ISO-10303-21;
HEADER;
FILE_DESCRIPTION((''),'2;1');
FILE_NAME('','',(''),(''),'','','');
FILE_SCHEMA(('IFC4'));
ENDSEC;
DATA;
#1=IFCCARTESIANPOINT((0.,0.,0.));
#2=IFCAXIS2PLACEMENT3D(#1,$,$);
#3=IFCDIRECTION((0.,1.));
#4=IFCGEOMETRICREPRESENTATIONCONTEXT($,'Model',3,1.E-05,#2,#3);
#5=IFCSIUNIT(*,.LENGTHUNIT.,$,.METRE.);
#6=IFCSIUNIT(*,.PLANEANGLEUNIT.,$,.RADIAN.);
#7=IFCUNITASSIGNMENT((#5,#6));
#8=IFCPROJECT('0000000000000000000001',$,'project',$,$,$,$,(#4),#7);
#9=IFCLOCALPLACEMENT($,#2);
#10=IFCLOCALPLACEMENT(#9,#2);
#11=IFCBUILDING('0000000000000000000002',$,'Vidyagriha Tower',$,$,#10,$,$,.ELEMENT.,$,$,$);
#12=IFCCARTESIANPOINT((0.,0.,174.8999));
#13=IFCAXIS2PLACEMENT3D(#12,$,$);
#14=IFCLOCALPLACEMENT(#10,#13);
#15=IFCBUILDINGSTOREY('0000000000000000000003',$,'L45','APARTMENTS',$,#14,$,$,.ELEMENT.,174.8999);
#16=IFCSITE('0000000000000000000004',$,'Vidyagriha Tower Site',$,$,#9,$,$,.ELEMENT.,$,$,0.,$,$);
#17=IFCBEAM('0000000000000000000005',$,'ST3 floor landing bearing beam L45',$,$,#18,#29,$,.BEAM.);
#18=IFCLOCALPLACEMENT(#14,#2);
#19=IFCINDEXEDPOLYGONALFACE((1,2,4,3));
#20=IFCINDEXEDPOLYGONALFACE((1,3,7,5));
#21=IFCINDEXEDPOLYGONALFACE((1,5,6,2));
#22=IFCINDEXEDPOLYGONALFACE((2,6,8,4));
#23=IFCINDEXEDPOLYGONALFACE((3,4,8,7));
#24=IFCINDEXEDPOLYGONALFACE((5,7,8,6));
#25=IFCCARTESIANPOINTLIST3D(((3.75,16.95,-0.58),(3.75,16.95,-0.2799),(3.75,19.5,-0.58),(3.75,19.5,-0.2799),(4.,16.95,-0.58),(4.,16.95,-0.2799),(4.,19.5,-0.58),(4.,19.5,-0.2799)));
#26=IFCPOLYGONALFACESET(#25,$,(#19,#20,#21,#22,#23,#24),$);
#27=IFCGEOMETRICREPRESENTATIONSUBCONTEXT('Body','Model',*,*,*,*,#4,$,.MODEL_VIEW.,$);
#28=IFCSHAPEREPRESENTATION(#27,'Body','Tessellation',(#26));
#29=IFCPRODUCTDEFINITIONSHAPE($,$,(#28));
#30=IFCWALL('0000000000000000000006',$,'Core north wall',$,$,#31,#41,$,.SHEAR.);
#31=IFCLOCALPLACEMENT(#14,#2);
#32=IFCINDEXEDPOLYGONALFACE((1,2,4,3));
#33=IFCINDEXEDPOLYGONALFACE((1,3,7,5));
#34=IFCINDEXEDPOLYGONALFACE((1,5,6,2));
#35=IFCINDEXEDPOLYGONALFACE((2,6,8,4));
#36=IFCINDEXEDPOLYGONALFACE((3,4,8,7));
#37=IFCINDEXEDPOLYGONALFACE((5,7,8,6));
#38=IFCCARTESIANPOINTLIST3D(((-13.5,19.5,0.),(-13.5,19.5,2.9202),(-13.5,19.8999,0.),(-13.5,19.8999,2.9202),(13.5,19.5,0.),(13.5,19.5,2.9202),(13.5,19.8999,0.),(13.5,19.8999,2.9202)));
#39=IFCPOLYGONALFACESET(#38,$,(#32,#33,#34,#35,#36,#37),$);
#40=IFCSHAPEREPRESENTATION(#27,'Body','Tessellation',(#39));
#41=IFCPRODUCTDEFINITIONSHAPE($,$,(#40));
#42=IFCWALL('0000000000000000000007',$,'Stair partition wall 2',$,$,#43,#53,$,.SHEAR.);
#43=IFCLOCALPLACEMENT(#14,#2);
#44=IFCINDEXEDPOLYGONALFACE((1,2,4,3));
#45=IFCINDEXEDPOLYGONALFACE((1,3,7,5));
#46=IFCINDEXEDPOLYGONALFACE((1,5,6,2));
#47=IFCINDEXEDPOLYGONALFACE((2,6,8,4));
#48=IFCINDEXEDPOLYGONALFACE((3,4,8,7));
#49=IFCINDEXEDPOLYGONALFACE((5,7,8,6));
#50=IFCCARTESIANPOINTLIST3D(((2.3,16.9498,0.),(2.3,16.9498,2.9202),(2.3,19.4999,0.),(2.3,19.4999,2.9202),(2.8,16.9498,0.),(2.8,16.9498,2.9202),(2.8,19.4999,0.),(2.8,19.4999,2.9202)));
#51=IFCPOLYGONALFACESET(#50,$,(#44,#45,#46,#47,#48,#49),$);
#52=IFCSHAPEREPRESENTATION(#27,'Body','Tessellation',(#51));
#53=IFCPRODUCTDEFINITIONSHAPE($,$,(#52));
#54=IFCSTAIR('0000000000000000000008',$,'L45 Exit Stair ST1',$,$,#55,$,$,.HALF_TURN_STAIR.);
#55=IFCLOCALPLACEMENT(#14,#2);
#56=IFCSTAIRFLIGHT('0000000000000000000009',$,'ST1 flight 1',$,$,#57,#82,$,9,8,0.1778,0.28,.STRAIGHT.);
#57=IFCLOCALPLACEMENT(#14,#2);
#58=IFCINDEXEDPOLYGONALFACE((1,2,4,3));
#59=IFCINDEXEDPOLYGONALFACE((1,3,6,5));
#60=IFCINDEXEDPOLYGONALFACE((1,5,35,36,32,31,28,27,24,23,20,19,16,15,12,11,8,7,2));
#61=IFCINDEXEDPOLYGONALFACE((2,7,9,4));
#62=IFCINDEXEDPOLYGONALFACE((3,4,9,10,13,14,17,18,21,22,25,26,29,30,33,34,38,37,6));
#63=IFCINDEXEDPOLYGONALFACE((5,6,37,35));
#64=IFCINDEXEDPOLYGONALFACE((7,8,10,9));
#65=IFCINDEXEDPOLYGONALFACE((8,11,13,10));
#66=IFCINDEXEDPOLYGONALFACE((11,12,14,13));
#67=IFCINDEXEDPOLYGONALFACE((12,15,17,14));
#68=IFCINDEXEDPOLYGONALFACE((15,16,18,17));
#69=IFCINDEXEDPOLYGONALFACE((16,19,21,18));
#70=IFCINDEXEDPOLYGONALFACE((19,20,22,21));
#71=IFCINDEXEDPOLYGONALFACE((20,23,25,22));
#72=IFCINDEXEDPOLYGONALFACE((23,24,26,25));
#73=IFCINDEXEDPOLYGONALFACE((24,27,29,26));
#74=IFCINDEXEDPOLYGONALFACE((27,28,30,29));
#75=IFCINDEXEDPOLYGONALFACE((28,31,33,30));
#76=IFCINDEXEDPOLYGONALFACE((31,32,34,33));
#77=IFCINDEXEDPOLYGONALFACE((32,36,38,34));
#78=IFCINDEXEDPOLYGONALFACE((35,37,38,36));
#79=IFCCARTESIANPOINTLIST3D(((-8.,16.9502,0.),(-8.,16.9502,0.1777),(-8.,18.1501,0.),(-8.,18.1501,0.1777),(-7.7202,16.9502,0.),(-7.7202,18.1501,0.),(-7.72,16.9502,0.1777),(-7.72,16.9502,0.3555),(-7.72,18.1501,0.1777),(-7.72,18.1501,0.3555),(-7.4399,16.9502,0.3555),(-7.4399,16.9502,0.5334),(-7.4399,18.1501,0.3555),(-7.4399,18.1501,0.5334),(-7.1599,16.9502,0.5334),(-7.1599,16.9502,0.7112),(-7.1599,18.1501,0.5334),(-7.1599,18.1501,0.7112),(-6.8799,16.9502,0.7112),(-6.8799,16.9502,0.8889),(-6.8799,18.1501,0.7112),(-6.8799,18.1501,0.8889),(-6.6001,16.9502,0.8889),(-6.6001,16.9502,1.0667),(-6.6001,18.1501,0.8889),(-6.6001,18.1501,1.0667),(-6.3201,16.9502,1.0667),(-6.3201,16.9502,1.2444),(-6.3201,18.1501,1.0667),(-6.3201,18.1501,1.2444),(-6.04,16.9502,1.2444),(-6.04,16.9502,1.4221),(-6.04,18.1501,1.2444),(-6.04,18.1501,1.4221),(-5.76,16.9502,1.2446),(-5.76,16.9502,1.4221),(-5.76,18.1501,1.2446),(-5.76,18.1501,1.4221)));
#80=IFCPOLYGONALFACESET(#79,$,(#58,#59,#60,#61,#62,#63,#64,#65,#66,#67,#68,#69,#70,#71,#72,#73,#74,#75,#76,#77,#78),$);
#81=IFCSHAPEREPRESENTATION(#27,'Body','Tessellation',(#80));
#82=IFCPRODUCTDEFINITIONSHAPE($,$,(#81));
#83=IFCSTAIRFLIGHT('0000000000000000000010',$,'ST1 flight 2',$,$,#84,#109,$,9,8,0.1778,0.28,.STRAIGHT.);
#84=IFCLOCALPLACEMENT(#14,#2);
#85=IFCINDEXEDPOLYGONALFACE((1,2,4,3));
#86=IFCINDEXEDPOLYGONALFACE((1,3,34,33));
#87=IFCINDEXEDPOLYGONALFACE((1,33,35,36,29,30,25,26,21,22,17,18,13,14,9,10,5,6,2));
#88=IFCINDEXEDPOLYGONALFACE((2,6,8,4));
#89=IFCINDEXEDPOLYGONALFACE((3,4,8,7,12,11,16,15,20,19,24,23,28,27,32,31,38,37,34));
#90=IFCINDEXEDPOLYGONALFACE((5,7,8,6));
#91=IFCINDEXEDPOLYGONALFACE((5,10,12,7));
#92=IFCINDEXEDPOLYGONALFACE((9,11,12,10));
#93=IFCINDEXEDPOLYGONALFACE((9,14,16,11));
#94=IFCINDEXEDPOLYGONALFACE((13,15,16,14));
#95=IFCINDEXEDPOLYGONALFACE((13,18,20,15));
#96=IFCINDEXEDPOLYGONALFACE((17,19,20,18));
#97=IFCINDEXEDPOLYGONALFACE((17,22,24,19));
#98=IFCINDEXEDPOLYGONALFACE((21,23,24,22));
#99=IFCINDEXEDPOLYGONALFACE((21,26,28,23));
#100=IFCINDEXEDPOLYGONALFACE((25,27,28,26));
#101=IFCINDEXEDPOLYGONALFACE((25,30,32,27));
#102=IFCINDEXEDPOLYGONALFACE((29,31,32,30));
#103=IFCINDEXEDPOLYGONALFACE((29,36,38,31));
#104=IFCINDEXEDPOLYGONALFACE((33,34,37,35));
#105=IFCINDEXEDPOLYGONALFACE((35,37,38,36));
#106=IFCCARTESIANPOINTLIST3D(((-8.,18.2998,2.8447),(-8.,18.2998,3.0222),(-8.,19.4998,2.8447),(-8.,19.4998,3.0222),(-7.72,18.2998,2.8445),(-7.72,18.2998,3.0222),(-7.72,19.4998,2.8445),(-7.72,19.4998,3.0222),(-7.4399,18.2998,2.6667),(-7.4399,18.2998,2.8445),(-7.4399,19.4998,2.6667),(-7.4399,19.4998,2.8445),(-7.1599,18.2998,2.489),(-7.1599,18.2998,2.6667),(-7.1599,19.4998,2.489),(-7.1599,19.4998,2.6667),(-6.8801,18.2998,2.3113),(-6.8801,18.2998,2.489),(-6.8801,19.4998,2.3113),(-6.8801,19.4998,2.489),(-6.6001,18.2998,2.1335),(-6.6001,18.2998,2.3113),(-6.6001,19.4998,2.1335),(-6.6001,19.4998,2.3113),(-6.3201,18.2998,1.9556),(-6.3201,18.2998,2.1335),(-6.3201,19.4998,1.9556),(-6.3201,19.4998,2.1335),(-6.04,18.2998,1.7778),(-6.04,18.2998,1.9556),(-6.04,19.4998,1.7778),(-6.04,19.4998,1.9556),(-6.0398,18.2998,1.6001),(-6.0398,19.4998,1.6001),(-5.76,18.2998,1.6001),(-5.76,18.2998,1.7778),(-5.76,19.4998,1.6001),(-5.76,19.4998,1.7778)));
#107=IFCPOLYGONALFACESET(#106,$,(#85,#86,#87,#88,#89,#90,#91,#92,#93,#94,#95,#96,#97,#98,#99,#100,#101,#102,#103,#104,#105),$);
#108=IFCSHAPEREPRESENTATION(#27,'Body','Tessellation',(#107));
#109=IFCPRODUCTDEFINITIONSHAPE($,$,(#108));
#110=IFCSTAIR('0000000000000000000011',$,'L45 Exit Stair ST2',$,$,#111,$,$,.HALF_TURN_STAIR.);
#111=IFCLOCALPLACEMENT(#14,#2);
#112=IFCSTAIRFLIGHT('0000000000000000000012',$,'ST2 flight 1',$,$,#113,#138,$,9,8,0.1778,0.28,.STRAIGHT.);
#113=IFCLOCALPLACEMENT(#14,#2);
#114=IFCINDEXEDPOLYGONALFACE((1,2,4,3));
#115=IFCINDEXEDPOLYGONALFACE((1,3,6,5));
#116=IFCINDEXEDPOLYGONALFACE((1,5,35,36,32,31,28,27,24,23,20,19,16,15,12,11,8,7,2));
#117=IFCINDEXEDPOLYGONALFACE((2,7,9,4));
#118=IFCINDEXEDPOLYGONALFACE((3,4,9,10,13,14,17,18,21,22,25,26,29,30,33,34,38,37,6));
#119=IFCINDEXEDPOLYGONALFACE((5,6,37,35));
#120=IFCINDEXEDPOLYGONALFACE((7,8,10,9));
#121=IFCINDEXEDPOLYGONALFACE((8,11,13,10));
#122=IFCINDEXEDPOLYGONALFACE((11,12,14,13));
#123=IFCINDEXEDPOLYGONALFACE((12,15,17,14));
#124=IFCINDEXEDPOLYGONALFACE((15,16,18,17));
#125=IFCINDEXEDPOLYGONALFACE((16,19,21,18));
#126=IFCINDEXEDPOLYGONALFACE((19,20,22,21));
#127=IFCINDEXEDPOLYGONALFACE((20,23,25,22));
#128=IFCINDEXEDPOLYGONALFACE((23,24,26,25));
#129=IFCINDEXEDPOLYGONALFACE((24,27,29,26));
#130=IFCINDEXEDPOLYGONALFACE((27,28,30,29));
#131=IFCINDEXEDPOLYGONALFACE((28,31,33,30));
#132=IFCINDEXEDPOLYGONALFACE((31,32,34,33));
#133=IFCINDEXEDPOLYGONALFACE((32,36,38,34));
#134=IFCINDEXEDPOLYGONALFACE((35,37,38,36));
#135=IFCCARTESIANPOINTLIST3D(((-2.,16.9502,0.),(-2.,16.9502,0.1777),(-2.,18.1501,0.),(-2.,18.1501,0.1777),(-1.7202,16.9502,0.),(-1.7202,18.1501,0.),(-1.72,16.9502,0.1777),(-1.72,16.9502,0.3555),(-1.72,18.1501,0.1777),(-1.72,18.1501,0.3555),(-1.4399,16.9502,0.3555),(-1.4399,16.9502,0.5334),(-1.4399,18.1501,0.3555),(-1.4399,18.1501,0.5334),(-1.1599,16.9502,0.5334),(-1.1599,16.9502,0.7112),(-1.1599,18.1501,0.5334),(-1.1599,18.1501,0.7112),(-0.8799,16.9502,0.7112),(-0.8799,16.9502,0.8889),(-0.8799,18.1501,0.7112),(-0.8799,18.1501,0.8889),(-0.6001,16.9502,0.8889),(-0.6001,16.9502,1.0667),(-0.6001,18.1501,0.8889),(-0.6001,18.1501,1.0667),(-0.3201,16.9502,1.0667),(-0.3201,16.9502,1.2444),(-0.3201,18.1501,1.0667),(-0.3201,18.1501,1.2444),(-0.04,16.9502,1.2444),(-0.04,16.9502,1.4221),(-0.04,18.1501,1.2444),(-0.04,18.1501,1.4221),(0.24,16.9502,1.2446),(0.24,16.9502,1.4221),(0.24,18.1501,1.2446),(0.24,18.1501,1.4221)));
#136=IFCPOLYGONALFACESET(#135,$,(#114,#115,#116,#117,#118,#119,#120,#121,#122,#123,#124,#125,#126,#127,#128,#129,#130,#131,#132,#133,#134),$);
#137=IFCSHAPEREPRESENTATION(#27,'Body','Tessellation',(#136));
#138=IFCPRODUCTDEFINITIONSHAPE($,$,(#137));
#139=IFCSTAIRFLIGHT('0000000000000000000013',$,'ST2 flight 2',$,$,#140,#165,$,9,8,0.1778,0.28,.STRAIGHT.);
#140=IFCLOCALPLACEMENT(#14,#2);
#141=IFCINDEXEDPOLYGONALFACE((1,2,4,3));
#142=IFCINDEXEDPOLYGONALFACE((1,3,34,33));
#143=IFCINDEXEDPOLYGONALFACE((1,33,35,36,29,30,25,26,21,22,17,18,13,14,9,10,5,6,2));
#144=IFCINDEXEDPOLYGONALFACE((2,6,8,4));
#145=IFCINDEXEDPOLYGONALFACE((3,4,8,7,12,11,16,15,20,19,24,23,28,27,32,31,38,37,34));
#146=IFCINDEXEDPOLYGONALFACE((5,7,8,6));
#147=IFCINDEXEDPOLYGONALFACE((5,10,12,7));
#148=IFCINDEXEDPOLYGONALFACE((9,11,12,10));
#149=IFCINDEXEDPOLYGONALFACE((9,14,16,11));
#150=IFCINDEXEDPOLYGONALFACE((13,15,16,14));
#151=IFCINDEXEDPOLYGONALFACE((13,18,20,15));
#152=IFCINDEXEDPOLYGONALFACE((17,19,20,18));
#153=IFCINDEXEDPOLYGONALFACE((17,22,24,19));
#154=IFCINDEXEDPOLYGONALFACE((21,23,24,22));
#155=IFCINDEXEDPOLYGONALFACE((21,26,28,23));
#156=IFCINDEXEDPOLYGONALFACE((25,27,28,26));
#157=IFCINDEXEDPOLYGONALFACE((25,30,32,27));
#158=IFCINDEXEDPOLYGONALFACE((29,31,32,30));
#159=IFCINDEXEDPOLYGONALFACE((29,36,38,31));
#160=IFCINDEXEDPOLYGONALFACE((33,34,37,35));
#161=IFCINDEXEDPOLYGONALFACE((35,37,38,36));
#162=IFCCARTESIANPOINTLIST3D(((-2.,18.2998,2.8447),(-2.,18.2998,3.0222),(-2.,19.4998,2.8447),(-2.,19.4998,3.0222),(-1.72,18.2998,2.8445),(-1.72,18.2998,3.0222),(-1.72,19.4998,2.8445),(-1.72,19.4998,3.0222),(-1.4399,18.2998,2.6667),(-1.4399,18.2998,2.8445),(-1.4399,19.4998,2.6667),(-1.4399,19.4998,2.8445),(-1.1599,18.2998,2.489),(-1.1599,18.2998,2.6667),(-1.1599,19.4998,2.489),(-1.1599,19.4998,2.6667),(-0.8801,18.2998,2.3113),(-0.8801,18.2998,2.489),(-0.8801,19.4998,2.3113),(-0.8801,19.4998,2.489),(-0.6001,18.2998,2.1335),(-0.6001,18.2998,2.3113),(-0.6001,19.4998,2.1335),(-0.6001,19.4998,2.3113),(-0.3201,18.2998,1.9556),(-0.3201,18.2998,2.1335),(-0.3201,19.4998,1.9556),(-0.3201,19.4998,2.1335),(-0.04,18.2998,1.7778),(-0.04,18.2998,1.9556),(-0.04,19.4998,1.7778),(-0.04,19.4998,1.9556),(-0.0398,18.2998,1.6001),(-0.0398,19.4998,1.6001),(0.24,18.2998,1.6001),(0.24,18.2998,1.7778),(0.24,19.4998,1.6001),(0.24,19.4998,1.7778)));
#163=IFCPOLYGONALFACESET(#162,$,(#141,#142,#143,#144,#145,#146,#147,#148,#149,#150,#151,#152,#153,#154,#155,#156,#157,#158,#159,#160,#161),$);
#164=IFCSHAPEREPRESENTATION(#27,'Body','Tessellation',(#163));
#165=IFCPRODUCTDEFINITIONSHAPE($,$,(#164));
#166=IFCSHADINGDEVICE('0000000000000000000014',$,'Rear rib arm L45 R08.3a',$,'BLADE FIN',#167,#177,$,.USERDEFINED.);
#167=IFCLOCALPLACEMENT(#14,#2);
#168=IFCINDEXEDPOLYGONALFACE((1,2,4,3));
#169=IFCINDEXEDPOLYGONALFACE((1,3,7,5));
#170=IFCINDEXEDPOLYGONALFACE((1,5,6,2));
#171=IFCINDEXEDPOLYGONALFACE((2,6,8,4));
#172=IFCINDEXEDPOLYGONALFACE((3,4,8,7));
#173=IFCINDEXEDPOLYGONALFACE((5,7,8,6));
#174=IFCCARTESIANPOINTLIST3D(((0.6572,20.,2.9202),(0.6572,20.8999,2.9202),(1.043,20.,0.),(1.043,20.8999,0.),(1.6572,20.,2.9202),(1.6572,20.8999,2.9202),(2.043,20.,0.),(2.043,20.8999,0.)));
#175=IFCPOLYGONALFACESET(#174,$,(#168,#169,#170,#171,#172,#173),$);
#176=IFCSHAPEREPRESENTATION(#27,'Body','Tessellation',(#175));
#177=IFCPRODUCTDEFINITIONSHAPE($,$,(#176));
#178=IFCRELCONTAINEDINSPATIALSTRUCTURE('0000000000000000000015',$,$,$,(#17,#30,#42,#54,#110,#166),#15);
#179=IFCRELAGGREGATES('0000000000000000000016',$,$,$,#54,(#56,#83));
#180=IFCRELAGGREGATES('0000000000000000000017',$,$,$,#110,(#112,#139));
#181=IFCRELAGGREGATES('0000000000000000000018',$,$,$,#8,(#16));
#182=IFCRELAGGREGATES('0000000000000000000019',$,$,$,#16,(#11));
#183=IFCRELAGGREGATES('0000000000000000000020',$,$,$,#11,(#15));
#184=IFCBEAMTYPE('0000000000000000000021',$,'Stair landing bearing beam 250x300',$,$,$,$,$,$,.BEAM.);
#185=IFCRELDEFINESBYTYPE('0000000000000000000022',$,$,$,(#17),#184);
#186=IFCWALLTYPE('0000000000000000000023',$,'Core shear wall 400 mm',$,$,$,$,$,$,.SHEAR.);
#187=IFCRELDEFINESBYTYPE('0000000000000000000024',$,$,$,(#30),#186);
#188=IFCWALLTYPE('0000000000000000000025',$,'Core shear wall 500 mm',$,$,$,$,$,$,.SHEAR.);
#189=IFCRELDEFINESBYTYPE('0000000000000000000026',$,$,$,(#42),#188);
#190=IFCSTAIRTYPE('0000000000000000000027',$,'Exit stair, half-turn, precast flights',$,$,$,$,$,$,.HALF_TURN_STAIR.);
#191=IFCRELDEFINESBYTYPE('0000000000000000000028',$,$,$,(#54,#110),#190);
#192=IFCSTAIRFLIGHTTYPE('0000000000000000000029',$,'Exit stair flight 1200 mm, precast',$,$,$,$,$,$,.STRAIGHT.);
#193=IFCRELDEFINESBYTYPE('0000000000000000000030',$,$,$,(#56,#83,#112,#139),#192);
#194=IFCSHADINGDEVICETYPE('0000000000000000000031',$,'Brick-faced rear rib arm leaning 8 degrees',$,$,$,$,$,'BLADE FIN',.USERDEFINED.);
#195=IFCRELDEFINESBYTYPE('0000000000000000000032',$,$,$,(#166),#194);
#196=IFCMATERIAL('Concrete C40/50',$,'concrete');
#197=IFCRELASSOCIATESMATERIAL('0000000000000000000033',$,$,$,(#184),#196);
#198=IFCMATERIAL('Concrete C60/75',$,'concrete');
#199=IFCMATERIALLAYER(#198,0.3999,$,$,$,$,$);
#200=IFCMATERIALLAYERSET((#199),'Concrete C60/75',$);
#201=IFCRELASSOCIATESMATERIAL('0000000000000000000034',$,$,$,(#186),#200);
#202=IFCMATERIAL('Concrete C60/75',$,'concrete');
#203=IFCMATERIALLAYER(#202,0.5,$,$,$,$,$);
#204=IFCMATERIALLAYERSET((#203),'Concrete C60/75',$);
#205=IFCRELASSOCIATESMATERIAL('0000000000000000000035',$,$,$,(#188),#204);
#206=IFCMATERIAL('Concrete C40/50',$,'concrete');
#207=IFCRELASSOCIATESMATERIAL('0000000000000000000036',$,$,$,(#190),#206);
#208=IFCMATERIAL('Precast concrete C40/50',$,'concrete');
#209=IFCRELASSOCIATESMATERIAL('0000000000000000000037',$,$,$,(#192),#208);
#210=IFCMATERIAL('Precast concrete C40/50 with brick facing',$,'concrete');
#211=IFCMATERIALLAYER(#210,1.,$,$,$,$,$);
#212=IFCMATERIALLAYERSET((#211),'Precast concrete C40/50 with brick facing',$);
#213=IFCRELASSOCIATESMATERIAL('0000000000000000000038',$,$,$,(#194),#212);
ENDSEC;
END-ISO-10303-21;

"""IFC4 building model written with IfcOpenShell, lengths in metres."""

from ifc_helpers import new_model, si_unit, direction, frame, frame_2d, origin, origin_2d, place, context, subcontext, project, spatial, polyline, rectangle, outline, extrude, material, layer, layer_set, material_profile, profile_set, type_object, element, aggregate, save


model = new_model("IFC4")

# Units and contexts
model_context = context("Model", 3, precision=1e-05, world=origin(), true_north=direction((0.0, 1.0)))
body_context = subcontext(model_context, "Body", "Model", "MODEL_VIEW")
ifc_project = project(units=[si_unit("LENGTHUNIT", "METRE"), si_unit("PLANEANGLEUNIT", "RADIAN")], contexts=[model_context])

# Site, building, storey
site_placement = place(None, origin())
site = spatial("IfcSite", under=ifc_project, at=site_placement, Name="Vidyagriha Tower Site", CompositionType="ELEMENT", RefElevation=0.0)
building_placement = place(site_placement, origin())
building = spatial("IfcBuilding", under=site, at=building_placement, Name="Vidyagriha Tower", CompositionType="ELEMENT")
storey_placement = place(building_placement, frame((0.0, 0.0, 174.8999)))
storey = spatial("IfcBuildingStorey", under=building, at=storey_placement, Name="L45", Description="APARTMENTS", CompositionType="ELEMENT", Elevation=174.8999)

# Beam
ifc_material_1 = material(Name="Concrete C40/50", Category="concrete")
ifc_material_profile = material_profile(ifc_material_1, rectangle(XDim=0.25, YDim=0.3, at=origin_2d()), Name="Stair landing bearing beam 250x300")
ifc_profile_set = profile_set([ifc_material_profile], Name="Concrete C40/50")
beam_type = type_object("IfcBeamType", Name="Stair landing bearing beam 250x300", PredefinedType="BEAM", material=ifc_profile_set)
beam_placement = place(storey_placement, frame((3.875, 16.95, -0.4299), z_axis=(0.0, 1.0, 0.0), x_axis=(-1.0, 0.0, 0.0)))
element("IfcBeam", 1, at=beam_placement, inside=storey, type_object=beam_type, Name="ST3 floor landing bearing beam L45", PredefinedType="BEAM", context=body_context, shape_type="SweptSolid", body=[
    extrude(rectangle(XDim=0.25, YDim=0.3, at=origin_2d()), origin(), (0.0, 0.0, 1.0), 2.55),
])

# Walls
ifc_material_2 = material(Name="Concrete C60/75", Category="concrete")
ifc_layer_1 = layer(ifc_material_2, 0.3999)
ifc_layer_set_1 = layer_set([ifc_layer_1], Name="Concrete C60/75")
wall_type_1 = type_object("IfcWallType", Name="Core shear wall 400 mm", PredefinedType="SHEAR", material=ifc_layer_set_1)
wall_1_placement = place(storey_placement, frame((-13.5, 19.7, 0.0)))
element("IfcWall", 2, at=wall_1_placement, inside=storey, type_object=wall_type_1, Name="Core north wall", PredefinedType="SHEAR", context=body_context, shape_type="SweptSolid", body=[
    extrude(rectangle(XDim=27.0, YDim=0.3999, at=frame_2d((13.5, 0.0))), origin(), (0.0, 0.0, 1.0), 2.9202),
])
ifc_material_3 = material(Name="Concrete C60/75", Category="concrete")
ifc_layer_2 = layer(ifc_material_3, 0.5)
ifc_layer_set_2 = layer_set([ifc_layer_2], Name="Concrete C60/75")
wall_type_2 = type_object("IfcWallType", Name="Core shear wall 500 mm", PredefinedType="SHEAR", material=ifc_layer_set_2)
wall_2_placement = place(storey_placement, frame((2.55, 16.95, 0.0), z_axis=(0.0, 0.0, 1.0), x_axis=(0.0, 1.0, 0.0)))
element("IfcWall", 3, at=wall_2_placement, inside=storey, type_object=wall_type_2, Name="Stair partition wall 2", PredefinedType="SHEAR", context=body_context, shape_type="SweptSolid", body=[
    extrude(rectangle(XDim=2.55, YDim=0.5, at=frame_2d((1.2749, 0.0))), origin(), (0.0, 0.0, 1.0), 2.9202),
])

# Stairs, stair flights
ifc_material_4 = material(Name="Concrete C40/50", Category="concrete")
stair_type = type_object("IfcStairType", Name="Exit stair, half-turn, precast flights", PredefinedType="HALF_TURN_STAIR", material=ifc_material_4)
stair_1_placement = place(storey_placement, origin())
stair_1 = element("IfcStair", 4, at=stair_1_placement, inside=storey, type_object=stair_type, Name="L45 Exit Stair ST1", PredefinedType="HALF_TURN_STAIR")
ifc_material_5 = material(Name="Precast concrete C40/50", Category="concrete")
stair_flight_type = type_object("IfcStairFlightType", Name="Exit stair flight 1200 mm, precast", PredefinedType="STRAIGHT", material=ifc_material_5)
stair_flight_1_placement = place(storey_placement, frame((-8.0, 17.55, 0.0)))
stair_flight_1 = element("IfcStairFlight", 5, at=stair_flight_1_placement, type_object=stair_flight_type, Name="ST1 flight 1", NumberOfRisers=9, NumberOfTreads=8, PredefinedType="STRAIGHT", RiserHeight=0.1778, TreadLength=0.28, context=body_context, shape_type="SweptSolid", body=[
    extrude(outline(polyline([(0.0, 0.0), (0.0, 0.1777), (0.28, 0.1777), (0.28, 0.3555), (0.5601, 0.3555), (0.5601, 0.5334), (0.8401, 0.5334), (0.8401, 0.7112), (1.1201, 0.7112), (1.1201, 0.8889), (1.3999, 0.8889), (1.3999, 1.0667), (1.6799, 1.0667), (1.6799, 1.2444), (1.96, 1.2444), (1.96, 1.4221), (2.24, 1.4221), (2.24, 1.6001), (2.24, 1.2446), (0.2798, 0.0), (0.0, 0.0)])), frame((0.0, 0.6001, 0.0), z_axis=(0.0, -1.0, 0.0), x_axis=(1.0, 0.0, 0.0)), (0.0, 0.0, 1.0), 1.2),
])
stair_flight_2_placement = place(storey_placement, frame((-5.76, 18.8999, 1.6001), z_axis=(0.0, 0.0, 1.0), x_axis=(-1.0, 0.0, 0.0)))
stair_flight_2 = element("IfcStairFlight", 6, at=stair_flight_2_placement, type_object=stair_flight_type, Name="ST1 flight 2", NumberOfRisers=9, NumberOfTreads=8, PredefinedType="STRAIGHT", RiserHeight=0.1778, TreadLength=0.28, context=body_context, shape_type="SweptSolid", body=[
    extrude(outline(polyline([(0.0, 0.0), (0.0, 0.1777), (0.28, 0.1777), (0.28, 0.3555), (0.5601, 0.3555), (0.5601, 0.5334), (0.8401, 0.5334), (0.8401, 0.7112), (1.1201, 0.7112), (1.1201, 0.8889), (1.3999, 0.8889), (1.3999, 1.0667), (1.6799, 1.0667), (1.6799, 1.2444), (1.96, 1.2444), (1.96, 1.4221), (2.24, 1.4221), (2.24, 1.6001), (2.24, 1.2446), (0.2798, 0.0), (0.0, 0.0)])), frame((0.0, 0.6001, 0.0), z_axis=(0.0, -1.0, 0.0), x_axis=(1.0, 0.0, 0.0)), (0.0, 0.0, 1.0), 1.2),
])
aggregate(stair_1, [stair_flight_1, stair_flight_2])
stair_2_placement = place(storey_placement, origin())
stair_2 = element("IfcStair", 7, at=stair_2_placement, inside=storey, type_object=stair_type, Name="L45 Exit Stair ST2", PredefinedType="HALF_TURN_STAIR")
stair_flight_3_placement = place(storey_placement, frame((-2.0, 17.55, 0.0)))
stair_flight_3 = element("IfcStairFlight", 8, at=stair_flight_3_placement, type_object=stair_flight_type, Name="ST2 flight 1", NumberOfRisers=9, NumberOfTreads=8, PredefinedType="STRAIGHT", RiserHeight=0.1778, TreadLength=0.28, context=body_context, shape_type="SweptSolid", body=[
    extrude(outline(polyline([(0.0, 0.0), (0.0, 0.1777), (0.28, 0.1777), (0.28, 0.3555), (0.5601, 0.3555), (0.5601, 0.5334), (0.8401, 0.5334), (0.8401, 0.7112), (1.1201, 0.7112), (1.1201, 0.8889), (1.3999, 0.8889), (1.3999, 1.0667), (1.6799, 1.0667), (1.6799, 1.2444), (1.96, 1.2444), (1.96, 1.4221), (2.24, 1.4221), (2.24, 1.6001), (2.24, 1.2446), (0.2798, 0.0), (0.0, 0.0)])), frame((0.0, 0.6001, 0.0), z_axis=(0.0, -1.0, 0.0), x_axis=(1.0, 0.0, 0.0)), (0.0, 0.0, 1.0), 1.2),
])
stair_flight_4_placement = place(storey_placement, frame((0.24, 18.8999, 1.6001), z_axis=(0.0, 0.0, 1.0), x_axis=(-1.0, 0.0, 0.0)))
stair_flight_4 = element("IfcStairFlight", 9, at=stair_flight_4_placement, type_object=stair_flight_type, Name="ST2 flight 2", NumberOfRisers=9, NumberOfTreads=8, PredefinedType="STRAIGHT", RiserHeight=0.1778, TreadLength=0.28, context=body_context, shape_type="SweptSolid", body=[
    extrude(outline(polyline([(0.0, 0.0), (0.0, 0.1777), (0.28, 0.1777), (0.28, 0.3555), (0.5601, 0.3555), (0.5601, 0.5334), (0.8401, 0.5334), (0.8401, 0.7112), (1.1201, 0.7112), (1.1201, 0.8889), (1.3999, 0.8889), (1.3999, 1.0667), (1.6799, 1.0667), (1.6799, 1.2444), (1.96, 1.2444), (1.96, 1.4221), (2.24, 1.4221), (2.24, 1.6001), (2.24, 1.2446), (0.2798, 0.0), (0.0, 0.0)])), frame((0.0, 0.6001, 0.0), z_axis=(0.0, -1.0, 0.0), x_axis=(1.0, 0.0, 0.0)), (0.0, 0.0, 1.0), 1.2),
])
aggregate(stair_2, [stair_flight_3, stair_flight_4])

# Shading device
ifc_material_6 = material(Name="Precast concrete C40/50 with brick facing", Category="concrete")
ifc_layer_3 = layer(ifc_material_6, 1.0)
ifc_layer_set_3 = layer_set([ifc_layer_3], Name="Precast concrete C40/50 with brick facing")
shading_device_type_1 = type_object("IfcShadingDeviceType", Name="Brick-faced rear rib arm leaning 8 degrees", ElementType="BLADE FIN", PredefinedType="USERDEFINED", material=ifc_layer_set_3)
shading_device_1_placement = place(storey_placement, frame((2.043, 20.45, 0.0), z_axis=(0.0, 0.0, 1.0), x_axis=(-1.0, 0.0, 0.0)))
element("IfcShadingDevice", 10, at=shading_device_1_placement, inside=storey, type_object=shading_device_type_1, Name="Rear rib arm L45 R08.3a", ObjectType="BLADE FIN", PredefinedType="USERDEFINED", context=body_context, shape_type="SweptSolid", body=[
    extrude(outline(polyline([(0.0, 0.0), (1.0, 0.0), (1.3857, 2.9202), (0.3857, 2.9202), (0.0, 0.0)])), frame((0.0, 0.45, 0.0), z_axis=(0.0, -1.0, 0.0), x_axis=(1.0, 0.0, 0.0)), (0.0, 0.0, 1.0), 0.8999),
])

save(model, "model.ifc")
